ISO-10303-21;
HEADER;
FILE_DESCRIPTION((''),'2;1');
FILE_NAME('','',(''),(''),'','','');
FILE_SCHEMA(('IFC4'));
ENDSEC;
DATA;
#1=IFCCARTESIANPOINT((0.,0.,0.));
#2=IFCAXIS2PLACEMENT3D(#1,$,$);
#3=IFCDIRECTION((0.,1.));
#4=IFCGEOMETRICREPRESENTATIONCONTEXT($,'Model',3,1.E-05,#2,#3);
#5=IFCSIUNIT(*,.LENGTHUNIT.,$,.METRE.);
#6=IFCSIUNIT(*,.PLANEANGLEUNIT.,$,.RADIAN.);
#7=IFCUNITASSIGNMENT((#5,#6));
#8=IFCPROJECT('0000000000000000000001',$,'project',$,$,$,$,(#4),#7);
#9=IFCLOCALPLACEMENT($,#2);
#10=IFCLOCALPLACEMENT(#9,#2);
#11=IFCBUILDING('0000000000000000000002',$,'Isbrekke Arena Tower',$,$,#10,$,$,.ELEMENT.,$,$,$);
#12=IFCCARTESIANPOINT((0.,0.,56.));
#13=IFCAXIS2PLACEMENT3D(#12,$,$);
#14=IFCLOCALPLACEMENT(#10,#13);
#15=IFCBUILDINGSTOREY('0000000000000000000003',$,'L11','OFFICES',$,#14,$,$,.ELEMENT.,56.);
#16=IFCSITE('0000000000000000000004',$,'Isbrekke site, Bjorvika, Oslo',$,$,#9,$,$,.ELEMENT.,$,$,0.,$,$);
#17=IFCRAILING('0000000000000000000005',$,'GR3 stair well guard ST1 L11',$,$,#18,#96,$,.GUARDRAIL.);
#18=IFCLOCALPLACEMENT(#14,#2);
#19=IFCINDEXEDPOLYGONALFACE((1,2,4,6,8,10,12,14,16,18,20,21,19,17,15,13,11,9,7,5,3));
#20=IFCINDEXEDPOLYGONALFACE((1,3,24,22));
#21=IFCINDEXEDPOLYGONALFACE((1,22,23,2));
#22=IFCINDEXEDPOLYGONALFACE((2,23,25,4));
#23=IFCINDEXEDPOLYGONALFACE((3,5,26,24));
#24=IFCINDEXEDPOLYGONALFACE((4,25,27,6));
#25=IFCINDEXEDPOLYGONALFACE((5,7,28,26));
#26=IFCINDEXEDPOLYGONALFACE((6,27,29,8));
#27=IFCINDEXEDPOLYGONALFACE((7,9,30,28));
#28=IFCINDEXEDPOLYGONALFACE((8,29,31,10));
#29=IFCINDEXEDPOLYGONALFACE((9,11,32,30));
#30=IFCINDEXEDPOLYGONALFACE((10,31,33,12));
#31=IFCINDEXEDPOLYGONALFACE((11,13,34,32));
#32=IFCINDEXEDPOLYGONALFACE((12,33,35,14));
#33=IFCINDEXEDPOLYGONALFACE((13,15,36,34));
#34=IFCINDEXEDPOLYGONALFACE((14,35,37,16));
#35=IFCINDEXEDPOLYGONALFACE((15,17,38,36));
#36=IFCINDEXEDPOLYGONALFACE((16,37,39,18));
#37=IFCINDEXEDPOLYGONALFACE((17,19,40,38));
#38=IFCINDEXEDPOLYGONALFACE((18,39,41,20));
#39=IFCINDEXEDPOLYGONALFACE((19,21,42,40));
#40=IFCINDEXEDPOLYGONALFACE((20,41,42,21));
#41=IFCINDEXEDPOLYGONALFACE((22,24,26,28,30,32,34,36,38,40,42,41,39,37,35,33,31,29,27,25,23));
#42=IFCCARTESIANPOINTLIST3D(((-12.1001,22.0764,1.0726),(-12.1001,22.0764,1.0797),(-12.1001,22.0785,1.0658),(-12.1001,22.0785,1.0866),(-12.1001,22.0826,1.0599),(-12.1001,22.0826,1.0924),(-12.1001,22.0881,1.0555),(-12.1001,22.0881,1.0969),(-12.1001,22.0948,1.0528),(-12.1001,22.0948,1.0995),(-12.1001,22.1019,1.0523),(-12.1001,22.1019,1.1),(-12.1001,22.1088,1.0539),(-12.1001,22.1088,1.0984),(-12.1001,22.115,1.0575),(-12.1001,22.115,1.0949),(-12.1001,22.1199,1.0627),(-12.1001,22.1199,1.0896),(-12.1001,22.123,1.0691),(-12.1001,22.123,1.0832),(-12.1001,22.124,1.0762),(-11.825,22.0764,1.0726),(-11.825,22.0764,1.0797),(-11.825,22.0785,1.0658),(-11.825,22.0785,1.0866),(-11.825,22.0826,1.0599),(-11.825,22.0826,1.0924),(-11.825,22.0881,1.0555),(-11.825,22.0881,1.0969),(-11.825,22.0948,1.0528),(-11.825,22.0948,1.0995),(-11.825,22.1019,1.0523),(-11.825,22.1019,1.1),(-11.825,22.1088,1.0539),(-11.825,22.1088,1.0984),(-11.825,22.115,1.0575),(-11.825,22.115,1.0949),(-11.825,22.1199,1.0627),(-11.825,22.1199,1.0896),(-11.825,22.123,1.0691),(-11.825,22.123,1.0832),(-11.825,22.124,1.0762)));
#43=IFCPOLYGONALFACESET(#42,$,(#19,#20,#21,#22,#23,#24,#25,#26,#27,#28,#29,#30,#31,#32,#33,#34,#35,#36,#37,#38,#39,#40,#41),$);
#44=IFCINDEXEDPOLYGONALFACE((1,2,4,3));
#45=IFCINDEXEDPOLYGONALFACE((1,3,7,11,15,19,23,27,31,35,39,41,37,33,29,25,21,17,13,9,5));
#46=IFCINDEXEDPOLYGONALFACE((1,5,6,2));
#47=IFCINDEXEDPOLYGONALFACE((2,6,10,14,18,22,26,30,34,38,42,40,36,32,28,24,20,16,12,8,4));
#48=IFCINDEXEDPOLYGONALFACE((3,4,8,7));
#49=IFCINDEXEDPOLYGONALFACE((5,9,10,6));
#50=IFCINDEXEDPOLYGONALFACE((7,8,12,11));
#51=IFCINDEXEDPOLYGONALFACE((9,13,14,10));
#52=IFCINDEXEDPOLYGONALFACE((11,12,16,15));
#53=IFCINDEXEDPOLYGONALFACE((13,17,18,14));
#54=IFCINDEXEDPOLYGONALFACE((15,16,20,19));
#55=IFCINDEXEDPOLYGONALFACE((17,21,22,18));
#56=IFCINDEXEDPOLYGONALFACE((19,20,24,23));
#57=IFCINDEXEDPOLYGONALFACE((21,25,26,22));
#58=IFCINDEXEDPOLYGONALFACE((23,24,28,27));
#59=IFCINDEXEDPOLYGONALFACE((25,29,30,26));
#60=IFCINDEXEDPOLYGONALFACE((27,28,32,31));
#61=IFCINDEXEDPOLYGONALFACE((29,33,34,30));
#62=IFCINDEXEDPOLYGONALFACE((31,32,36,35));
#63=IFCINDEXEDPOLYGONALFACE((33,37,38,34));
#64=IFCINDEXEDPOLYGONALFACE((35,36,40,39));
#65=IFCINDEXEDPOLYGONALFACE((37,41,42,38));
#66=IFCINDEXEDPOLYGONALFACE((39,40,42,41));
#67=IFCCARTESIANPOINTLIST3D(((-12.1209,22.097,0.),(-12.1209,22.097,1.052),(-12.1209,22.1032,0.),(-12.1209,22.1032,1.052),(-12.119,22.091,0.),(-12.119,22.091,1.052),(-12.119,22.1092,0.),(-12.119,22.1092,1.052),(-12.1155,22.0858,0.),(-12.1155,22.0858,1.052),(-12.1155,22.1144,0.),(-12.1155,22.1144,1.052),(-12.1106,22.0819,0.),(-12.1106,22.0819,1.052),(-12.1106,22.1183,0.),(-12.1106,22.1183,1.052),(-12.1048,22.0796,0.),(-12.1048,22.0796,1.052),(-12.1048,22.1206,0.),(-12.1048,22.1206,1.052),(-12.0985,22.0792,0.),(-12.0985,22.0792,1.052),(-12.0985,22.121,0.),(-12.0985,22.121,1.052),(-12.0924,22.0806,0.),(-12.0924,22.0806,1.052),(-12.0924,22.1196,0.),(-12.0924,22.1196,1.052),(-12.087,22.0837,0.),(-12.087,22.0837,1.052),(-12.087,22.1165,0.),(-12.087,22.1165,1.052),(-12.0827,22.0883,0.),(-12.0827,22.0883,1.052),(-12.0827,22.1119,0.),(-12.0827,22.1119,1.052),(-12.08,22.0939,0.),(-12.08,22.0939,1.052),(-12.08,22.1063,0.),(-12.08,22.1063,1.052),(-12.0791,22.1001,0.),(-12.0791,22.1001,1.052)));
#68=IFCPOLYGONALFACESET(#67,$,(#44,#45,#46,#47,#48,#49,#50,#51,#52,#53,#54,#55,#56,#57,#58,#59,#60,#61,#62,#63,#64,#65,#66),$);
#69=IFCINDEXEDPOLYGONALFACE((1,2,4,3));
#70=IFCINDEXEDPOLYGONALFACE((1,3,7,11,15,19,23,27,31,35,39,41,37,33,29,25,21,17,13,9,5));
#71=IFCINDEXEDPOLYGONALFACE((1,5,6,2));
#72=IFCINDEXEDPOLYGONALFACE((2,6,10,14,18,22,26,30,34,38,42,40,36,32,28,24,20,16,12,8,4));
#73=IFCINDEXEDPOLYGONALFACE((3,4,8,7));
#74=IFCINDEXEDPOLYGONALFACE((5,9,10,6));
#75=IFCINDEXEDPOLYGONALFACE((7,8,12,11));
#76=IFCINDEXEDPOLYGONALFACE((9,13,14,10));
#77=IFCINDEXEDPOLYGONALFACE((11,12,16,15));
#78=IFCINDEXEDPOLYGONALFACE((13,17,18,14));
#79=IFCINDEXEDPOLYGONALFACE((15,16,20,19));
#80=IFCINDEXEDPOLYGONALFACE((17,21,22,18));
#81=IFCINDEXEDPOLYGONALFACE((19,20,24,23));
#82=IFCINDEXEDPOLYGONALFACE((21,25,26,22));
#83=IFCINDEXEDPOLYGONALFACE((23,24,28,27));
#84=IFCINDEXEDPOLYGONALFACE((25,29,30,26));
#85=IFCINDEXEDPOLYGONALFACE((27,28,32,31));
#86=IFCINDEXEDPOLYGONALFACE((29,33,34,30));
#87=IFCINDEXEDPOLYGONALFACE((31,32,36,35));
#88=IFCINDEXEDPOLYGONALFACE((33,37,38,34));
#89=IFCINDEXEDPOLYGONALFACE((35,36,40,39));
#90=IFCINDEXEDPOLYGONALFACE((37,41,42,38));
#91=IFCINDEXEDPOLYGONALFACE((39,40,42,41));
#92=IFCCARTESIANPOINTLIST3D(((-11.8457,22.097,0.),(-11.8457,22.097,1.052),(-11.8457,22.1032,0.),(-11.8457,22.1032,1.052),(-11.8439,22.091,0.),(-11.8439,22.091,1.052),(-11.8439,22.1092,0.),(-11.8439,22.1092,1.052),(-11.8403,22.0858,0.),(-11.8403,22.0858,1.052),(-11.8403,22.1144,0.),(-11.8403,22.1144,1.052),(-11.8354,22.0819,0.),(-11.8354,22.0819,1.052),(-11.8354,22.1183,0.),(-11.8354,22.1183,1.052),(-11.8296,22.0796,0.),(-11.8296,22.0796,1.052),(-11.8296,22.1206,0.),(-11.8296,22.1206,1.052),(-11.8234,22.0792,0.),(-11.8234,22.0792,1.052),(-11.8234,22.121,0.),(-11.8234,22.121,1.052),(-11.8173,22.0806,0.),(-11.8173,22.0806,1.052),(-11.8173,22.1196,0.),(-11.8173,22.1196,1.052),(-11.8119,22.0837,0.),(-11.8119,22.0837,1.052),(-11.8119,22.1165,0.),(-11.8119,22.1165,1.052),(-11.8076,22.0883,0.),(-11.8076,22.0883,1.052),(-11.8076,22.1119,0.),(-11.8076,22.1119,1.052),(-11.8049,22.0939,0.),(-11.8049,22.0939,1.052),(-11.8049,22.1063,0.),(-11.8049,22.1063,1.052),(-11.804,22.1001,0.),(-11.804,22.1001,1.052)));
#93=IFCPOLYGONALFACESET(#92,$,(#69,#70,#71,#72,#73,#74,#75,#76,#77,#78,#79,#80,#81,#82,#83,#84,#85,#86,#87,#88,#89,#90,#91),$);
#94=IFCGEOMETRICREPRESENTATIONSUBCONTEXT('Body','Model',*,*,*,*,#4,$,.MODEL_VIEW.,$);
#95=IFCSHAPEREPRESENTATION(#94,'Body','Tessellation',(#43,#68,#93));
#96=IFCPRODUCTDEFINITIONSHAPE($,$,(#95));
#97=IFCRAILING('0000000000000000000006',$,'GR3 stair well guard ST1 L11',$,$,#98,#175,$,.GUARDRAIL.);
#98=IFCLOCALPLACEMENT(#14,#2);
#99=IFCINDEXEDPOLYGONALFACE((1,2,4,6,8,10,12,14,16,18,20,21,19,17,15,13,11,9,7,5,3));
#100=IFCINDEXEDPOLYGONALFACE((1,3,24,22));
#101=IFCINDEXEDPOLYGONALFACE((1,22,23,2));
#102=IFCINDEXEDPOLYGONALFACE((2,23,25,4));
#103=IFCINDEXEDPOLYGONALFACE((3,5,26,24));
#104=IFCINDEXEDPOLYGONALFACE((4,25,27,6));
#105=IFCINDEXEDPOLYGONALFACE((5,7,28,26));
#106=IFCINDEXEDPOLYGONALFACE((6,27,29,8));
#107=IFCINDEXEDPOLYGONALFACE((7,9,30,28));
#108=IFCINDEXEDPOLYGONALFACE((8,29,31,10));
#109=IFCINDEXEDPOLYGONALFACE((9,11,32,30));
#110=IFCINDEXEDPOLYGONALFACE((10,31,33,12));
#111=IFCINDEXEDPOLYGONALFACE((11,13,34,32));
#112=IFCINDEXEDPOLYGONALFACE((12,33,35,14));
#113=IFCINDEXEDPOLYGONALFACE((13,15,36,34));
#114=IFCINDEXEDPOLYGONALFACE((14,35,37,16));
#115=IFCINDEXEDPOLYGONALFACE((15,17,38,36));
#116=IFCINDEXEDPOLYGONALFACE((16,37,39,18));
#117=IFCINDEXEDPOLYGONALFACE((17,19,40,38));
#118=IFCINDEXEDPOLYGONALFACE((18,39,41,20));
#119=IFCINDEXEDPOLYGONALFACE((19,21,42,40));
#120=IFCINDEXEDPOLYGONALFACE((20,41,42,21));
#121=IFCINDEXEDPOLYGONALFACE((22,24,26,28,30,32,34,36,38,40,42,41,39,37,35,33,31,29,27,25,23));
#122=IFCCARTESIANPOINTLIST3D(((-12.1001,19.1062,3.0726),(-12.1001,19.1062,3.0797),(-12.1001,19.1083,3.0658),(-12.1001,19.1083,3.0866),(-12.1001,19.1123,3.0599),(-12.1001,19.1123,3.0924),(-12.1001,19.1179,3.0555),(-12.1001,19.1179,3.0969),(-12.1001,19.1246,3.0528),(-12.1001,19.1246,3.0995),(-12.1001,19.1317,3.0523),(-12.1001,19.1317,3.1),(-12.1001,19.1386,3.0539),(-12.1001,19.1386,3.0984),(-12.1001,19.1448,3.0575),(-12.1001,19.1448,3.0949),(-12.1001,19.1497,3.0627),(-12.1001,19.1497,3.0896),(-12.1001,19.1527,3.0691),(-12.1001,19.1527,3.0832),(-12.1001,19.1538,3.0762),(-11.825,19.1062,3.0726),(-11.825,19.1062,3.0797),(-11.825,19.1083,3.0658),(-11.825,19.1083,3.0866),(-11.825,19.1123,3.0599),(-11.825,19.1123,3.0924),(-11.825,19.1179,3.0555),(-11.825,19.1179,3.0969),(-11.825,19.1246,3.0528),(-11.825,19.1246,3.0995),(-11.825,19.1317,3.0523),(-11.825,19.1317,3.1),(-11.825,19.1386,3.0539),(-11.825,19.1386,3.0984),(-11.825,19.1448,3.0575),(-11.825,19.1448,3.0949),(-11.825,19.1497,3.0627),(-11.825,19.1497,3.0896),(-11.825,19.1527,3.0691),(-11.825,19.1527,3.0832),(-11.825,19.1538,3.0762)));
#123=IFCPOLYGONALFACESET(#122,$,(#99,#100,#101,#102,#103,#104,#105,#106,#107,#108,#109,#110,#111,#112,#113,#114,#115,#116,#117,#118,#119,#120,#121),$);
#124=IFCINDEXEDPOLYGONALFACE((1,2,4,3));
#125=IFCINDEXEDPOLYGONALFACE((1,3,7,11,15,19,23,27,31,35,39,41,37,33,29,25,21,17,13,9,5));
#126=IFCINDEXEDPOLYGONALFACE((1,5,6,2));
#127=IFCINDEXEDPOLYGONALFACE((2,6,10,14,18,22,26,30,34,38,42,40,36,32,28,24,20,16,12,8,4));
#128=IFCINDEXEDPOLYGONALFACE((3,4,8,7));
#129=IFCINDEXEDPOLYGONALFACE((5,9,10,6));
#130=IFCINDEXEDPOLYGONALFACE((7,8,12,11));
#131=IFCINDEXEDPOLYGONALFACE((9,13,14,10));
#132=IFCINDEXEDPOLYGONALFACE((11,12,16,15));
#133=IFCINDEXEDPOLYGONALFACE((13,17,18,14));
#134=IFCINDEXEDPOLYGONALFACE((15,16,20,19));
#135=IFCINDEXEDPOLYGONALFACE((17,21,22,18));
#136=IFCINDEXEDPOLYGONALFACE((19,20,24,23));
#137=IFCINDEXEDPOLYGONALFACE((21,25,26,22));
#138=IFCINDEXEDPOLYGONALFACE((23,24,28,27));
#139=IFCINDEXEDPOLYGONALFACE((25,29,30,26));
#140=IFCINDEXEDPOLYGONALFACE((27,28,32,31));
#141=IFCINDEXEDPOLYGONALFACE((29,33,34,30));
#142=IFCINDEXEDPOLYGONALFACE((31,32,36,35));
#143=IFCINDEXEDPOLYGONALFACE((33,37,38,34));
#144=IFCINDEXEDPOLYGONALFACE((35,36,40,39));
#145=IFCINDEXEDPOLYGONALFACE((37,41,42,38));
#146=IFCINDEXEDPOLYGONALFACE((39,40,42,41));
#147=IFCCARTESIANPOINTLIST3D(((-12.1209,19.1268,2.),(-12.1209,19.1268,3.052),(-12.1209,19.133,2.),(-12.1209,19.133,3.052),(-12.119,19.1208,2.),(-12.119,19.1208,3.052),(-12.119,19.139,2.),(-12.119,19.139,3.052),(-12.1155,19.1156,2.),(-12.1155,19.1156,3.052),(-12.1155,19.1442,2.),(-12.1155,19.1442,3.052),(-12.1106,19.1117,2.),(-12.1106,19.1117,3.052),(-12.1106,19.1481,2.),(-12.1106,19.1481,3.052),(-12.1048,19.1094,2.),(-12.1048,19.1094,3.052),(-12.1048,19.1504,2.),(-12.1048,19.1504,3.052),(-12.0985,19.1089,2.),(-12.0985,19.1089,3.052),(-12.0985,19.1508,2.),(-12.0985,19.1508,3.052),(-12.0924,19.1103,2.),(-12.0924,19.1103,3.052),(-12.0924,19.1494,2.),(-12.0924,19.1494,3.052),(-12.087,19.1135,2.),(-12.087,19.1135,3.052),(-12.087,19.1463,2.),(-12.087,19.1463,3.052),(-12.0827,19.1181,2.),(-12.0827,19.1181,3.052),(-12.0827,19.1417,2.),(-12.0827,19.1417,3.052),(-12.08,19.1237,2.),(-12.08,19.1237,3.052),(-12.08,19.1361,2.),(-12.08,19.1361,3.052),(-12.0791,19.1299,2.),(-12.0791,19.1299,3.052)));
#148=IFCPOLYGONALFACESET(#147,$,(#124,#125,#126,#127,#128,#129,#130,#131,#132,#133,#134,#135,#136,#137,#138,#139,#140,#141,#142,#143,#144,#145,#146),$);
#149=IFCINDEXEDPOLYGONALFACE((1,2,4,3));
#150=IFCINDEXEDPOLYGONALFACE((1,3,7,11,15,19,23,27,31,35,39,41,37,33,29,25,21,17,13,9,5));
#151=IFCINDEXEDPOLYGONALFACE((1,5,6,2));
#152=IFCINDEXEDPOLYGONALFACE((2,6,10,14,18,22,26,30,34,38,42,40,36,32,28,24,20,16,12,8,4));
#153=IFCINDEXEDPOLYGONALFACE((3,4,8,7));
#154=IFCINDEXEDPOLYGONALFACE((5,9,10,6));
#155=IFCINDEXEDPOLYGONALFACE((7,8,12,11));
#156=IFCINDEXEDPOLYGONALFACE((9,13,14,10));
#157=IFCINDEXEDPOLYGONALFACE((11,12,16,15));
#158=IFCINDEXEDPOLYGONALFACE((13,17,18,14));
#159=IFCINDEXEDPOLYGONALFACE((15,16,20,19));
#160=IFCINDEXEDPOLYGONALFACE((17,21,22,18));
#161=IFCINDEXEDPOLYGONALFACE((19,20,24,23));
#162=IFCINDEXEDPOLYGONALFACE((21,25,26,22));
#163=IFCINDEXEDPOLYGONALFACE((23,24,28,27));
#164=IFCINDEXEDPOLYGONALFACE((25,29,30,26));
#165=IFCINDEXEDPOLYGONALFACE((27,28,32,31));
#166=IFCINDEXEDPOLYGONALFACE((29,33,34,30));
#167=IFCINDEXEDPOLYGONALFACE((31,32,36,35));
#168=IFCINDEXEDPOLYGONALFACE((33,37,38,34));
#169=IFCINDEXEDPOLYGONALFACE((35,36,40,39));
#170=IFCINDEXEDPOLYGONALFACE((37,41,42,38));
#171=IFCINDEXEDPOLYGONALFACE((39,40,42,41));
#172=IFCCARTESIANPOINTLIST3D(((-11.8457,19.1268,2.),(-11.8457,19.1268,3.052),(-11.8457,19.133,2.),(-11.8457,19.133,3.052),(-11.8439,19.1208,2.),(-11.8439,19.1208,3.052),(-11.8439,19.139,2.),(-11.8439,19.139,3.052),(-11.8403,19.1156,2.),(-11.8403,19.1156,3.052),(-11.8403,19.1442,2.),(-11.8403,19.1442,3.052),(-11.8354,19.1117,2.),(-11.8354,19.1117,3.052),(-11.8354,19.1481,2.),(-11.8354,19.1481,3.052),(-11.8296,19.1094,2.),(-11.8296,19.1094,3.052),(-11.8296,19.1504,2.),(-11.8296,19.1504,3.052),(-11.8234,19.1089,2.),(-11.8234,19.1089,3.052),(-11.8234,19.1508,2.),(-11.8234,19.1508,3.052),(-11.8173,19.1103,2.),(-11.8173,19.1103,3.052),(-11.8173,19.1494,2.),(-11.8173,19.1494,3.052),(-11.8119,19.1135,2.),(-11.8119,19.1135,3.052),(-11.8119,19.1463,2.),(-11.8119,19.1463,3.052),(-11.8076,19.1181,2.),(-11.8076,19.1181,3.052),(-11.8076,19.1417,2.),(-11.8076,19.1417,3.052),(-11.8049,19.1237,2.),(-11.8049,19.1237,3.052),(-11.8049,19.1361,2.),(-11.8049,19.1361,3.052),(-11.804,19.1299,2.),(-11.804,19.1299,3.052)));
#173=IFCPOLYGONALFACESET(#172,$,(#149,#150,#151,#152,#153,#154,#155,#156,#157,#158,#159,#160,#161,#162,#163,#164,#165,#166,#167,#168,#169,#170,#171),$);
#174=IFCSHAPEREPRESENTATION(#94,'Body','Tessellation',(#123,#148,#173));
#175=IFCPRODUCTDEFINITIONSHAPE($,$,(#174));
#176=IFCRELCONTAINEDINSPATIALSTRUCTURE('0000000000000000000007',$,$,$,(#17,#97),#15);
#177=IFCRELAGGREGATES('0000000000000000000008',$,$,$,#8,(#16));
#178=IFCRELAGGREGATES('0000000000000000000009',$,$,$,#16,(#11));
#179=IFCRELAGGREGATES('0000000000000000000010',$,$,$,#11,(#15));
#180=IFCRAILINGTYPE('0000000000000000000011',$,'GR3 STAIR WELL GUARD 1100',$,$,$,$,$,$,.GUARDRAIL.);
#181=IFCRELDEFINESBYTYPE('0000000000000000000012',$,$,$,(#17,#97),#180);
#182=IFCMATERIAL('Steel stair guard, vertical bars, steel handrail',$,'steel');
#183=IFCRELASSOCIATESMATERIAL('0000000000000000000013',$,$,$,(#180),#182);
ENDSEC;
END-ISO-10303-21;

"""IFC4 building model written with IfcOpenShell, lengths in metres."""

from ifc_helpers import new_model, si_unit, direction, frame, origin, origin_2d, place, context, subcontext, project, spatial, circle, extrude, material, type_object, element, save


model = new_model("IFC4")

# Units and contexts
model_context = context("Model", 3, precision=1e-05, world=origin(), true_north=direction((0.0, 1.0)))
body_context = subcontext(model_context, "Body", "Model", "MODEL_VIEW")
ifc_project = project(units=[si_unit("LENGTHUNIT", "METRE"), si_unit("PLANEANGLEUNIT", "RADIAN")], contexts=[model_context])

# Site, building, storey
site_placement = place(None, origin())
site = spatial("IfcSite", under=ifc_project, at=site_placement, Name="Isbrekke site, Bjorvika, Oslo", CompositionType="ELEMENT", RefElevation=0.0)
building_placement = place(site_placement, origin())
building = spatial("IfcBuilding", under=site, at=building_placement, Name="Isbrekke Arena Tower", CompositionType="ELEMENT")
storey_placement = place(building_placement, frame((0.0, 0.0, 56.0)))
storey = spatial("IfcBuildingStorey", under=building, at=storey_placement, Name="L11", Description="OFFICES", CompositionType="ELEMENT", Elevation=56.0)

# Railings
ifc_material_1 = material(Name="Steel stair guard, vertical bars, steel handrail", Category="steel")
railing_type = type_object("IfcRailingType", Name="GR3 STAIR WELL GUARD 1100", PredefinedType="GUARDRAIL", material=ifc_material_1)
for number, where, name in (
    (1, (-12.1001, 22.1001, 0.0), "GR3 stair well guard ST1 L11"),
    (2, (-12.1001, 19.1299, 2.0), "GR3 stair well guard ST1 L11"),
):
    element("IfcRailing", number, at=place(storey_placement, frame(where)), inside=storey, type_object=railing_type, Name=name, PredefinedType="GUARDRAIL", context=body_context, shape_type="SweptSolid", body=[
        extrude(circle(Radius=0.0239, at=origin_2d()), frame((0.0, 0.0, 1.0762), z_axis=(1.0, 0.0, 0.0), x_axis=(0.0, 1.0, 0.0)), (0.0, 0.0, 1.0), 0.2751),
        extrude(circle(Radius=0.021, at=origin_2d()), origin(), (0.0, 0.0, 1.0), 1.052),
        extrude(circle(Radius=0.021, at=origin_2d()), frame((0.2751, 0.0, 0.0)), (0.0, 0.0, 1.0), 1.052),
    ])

save(model, "model.ifc")
